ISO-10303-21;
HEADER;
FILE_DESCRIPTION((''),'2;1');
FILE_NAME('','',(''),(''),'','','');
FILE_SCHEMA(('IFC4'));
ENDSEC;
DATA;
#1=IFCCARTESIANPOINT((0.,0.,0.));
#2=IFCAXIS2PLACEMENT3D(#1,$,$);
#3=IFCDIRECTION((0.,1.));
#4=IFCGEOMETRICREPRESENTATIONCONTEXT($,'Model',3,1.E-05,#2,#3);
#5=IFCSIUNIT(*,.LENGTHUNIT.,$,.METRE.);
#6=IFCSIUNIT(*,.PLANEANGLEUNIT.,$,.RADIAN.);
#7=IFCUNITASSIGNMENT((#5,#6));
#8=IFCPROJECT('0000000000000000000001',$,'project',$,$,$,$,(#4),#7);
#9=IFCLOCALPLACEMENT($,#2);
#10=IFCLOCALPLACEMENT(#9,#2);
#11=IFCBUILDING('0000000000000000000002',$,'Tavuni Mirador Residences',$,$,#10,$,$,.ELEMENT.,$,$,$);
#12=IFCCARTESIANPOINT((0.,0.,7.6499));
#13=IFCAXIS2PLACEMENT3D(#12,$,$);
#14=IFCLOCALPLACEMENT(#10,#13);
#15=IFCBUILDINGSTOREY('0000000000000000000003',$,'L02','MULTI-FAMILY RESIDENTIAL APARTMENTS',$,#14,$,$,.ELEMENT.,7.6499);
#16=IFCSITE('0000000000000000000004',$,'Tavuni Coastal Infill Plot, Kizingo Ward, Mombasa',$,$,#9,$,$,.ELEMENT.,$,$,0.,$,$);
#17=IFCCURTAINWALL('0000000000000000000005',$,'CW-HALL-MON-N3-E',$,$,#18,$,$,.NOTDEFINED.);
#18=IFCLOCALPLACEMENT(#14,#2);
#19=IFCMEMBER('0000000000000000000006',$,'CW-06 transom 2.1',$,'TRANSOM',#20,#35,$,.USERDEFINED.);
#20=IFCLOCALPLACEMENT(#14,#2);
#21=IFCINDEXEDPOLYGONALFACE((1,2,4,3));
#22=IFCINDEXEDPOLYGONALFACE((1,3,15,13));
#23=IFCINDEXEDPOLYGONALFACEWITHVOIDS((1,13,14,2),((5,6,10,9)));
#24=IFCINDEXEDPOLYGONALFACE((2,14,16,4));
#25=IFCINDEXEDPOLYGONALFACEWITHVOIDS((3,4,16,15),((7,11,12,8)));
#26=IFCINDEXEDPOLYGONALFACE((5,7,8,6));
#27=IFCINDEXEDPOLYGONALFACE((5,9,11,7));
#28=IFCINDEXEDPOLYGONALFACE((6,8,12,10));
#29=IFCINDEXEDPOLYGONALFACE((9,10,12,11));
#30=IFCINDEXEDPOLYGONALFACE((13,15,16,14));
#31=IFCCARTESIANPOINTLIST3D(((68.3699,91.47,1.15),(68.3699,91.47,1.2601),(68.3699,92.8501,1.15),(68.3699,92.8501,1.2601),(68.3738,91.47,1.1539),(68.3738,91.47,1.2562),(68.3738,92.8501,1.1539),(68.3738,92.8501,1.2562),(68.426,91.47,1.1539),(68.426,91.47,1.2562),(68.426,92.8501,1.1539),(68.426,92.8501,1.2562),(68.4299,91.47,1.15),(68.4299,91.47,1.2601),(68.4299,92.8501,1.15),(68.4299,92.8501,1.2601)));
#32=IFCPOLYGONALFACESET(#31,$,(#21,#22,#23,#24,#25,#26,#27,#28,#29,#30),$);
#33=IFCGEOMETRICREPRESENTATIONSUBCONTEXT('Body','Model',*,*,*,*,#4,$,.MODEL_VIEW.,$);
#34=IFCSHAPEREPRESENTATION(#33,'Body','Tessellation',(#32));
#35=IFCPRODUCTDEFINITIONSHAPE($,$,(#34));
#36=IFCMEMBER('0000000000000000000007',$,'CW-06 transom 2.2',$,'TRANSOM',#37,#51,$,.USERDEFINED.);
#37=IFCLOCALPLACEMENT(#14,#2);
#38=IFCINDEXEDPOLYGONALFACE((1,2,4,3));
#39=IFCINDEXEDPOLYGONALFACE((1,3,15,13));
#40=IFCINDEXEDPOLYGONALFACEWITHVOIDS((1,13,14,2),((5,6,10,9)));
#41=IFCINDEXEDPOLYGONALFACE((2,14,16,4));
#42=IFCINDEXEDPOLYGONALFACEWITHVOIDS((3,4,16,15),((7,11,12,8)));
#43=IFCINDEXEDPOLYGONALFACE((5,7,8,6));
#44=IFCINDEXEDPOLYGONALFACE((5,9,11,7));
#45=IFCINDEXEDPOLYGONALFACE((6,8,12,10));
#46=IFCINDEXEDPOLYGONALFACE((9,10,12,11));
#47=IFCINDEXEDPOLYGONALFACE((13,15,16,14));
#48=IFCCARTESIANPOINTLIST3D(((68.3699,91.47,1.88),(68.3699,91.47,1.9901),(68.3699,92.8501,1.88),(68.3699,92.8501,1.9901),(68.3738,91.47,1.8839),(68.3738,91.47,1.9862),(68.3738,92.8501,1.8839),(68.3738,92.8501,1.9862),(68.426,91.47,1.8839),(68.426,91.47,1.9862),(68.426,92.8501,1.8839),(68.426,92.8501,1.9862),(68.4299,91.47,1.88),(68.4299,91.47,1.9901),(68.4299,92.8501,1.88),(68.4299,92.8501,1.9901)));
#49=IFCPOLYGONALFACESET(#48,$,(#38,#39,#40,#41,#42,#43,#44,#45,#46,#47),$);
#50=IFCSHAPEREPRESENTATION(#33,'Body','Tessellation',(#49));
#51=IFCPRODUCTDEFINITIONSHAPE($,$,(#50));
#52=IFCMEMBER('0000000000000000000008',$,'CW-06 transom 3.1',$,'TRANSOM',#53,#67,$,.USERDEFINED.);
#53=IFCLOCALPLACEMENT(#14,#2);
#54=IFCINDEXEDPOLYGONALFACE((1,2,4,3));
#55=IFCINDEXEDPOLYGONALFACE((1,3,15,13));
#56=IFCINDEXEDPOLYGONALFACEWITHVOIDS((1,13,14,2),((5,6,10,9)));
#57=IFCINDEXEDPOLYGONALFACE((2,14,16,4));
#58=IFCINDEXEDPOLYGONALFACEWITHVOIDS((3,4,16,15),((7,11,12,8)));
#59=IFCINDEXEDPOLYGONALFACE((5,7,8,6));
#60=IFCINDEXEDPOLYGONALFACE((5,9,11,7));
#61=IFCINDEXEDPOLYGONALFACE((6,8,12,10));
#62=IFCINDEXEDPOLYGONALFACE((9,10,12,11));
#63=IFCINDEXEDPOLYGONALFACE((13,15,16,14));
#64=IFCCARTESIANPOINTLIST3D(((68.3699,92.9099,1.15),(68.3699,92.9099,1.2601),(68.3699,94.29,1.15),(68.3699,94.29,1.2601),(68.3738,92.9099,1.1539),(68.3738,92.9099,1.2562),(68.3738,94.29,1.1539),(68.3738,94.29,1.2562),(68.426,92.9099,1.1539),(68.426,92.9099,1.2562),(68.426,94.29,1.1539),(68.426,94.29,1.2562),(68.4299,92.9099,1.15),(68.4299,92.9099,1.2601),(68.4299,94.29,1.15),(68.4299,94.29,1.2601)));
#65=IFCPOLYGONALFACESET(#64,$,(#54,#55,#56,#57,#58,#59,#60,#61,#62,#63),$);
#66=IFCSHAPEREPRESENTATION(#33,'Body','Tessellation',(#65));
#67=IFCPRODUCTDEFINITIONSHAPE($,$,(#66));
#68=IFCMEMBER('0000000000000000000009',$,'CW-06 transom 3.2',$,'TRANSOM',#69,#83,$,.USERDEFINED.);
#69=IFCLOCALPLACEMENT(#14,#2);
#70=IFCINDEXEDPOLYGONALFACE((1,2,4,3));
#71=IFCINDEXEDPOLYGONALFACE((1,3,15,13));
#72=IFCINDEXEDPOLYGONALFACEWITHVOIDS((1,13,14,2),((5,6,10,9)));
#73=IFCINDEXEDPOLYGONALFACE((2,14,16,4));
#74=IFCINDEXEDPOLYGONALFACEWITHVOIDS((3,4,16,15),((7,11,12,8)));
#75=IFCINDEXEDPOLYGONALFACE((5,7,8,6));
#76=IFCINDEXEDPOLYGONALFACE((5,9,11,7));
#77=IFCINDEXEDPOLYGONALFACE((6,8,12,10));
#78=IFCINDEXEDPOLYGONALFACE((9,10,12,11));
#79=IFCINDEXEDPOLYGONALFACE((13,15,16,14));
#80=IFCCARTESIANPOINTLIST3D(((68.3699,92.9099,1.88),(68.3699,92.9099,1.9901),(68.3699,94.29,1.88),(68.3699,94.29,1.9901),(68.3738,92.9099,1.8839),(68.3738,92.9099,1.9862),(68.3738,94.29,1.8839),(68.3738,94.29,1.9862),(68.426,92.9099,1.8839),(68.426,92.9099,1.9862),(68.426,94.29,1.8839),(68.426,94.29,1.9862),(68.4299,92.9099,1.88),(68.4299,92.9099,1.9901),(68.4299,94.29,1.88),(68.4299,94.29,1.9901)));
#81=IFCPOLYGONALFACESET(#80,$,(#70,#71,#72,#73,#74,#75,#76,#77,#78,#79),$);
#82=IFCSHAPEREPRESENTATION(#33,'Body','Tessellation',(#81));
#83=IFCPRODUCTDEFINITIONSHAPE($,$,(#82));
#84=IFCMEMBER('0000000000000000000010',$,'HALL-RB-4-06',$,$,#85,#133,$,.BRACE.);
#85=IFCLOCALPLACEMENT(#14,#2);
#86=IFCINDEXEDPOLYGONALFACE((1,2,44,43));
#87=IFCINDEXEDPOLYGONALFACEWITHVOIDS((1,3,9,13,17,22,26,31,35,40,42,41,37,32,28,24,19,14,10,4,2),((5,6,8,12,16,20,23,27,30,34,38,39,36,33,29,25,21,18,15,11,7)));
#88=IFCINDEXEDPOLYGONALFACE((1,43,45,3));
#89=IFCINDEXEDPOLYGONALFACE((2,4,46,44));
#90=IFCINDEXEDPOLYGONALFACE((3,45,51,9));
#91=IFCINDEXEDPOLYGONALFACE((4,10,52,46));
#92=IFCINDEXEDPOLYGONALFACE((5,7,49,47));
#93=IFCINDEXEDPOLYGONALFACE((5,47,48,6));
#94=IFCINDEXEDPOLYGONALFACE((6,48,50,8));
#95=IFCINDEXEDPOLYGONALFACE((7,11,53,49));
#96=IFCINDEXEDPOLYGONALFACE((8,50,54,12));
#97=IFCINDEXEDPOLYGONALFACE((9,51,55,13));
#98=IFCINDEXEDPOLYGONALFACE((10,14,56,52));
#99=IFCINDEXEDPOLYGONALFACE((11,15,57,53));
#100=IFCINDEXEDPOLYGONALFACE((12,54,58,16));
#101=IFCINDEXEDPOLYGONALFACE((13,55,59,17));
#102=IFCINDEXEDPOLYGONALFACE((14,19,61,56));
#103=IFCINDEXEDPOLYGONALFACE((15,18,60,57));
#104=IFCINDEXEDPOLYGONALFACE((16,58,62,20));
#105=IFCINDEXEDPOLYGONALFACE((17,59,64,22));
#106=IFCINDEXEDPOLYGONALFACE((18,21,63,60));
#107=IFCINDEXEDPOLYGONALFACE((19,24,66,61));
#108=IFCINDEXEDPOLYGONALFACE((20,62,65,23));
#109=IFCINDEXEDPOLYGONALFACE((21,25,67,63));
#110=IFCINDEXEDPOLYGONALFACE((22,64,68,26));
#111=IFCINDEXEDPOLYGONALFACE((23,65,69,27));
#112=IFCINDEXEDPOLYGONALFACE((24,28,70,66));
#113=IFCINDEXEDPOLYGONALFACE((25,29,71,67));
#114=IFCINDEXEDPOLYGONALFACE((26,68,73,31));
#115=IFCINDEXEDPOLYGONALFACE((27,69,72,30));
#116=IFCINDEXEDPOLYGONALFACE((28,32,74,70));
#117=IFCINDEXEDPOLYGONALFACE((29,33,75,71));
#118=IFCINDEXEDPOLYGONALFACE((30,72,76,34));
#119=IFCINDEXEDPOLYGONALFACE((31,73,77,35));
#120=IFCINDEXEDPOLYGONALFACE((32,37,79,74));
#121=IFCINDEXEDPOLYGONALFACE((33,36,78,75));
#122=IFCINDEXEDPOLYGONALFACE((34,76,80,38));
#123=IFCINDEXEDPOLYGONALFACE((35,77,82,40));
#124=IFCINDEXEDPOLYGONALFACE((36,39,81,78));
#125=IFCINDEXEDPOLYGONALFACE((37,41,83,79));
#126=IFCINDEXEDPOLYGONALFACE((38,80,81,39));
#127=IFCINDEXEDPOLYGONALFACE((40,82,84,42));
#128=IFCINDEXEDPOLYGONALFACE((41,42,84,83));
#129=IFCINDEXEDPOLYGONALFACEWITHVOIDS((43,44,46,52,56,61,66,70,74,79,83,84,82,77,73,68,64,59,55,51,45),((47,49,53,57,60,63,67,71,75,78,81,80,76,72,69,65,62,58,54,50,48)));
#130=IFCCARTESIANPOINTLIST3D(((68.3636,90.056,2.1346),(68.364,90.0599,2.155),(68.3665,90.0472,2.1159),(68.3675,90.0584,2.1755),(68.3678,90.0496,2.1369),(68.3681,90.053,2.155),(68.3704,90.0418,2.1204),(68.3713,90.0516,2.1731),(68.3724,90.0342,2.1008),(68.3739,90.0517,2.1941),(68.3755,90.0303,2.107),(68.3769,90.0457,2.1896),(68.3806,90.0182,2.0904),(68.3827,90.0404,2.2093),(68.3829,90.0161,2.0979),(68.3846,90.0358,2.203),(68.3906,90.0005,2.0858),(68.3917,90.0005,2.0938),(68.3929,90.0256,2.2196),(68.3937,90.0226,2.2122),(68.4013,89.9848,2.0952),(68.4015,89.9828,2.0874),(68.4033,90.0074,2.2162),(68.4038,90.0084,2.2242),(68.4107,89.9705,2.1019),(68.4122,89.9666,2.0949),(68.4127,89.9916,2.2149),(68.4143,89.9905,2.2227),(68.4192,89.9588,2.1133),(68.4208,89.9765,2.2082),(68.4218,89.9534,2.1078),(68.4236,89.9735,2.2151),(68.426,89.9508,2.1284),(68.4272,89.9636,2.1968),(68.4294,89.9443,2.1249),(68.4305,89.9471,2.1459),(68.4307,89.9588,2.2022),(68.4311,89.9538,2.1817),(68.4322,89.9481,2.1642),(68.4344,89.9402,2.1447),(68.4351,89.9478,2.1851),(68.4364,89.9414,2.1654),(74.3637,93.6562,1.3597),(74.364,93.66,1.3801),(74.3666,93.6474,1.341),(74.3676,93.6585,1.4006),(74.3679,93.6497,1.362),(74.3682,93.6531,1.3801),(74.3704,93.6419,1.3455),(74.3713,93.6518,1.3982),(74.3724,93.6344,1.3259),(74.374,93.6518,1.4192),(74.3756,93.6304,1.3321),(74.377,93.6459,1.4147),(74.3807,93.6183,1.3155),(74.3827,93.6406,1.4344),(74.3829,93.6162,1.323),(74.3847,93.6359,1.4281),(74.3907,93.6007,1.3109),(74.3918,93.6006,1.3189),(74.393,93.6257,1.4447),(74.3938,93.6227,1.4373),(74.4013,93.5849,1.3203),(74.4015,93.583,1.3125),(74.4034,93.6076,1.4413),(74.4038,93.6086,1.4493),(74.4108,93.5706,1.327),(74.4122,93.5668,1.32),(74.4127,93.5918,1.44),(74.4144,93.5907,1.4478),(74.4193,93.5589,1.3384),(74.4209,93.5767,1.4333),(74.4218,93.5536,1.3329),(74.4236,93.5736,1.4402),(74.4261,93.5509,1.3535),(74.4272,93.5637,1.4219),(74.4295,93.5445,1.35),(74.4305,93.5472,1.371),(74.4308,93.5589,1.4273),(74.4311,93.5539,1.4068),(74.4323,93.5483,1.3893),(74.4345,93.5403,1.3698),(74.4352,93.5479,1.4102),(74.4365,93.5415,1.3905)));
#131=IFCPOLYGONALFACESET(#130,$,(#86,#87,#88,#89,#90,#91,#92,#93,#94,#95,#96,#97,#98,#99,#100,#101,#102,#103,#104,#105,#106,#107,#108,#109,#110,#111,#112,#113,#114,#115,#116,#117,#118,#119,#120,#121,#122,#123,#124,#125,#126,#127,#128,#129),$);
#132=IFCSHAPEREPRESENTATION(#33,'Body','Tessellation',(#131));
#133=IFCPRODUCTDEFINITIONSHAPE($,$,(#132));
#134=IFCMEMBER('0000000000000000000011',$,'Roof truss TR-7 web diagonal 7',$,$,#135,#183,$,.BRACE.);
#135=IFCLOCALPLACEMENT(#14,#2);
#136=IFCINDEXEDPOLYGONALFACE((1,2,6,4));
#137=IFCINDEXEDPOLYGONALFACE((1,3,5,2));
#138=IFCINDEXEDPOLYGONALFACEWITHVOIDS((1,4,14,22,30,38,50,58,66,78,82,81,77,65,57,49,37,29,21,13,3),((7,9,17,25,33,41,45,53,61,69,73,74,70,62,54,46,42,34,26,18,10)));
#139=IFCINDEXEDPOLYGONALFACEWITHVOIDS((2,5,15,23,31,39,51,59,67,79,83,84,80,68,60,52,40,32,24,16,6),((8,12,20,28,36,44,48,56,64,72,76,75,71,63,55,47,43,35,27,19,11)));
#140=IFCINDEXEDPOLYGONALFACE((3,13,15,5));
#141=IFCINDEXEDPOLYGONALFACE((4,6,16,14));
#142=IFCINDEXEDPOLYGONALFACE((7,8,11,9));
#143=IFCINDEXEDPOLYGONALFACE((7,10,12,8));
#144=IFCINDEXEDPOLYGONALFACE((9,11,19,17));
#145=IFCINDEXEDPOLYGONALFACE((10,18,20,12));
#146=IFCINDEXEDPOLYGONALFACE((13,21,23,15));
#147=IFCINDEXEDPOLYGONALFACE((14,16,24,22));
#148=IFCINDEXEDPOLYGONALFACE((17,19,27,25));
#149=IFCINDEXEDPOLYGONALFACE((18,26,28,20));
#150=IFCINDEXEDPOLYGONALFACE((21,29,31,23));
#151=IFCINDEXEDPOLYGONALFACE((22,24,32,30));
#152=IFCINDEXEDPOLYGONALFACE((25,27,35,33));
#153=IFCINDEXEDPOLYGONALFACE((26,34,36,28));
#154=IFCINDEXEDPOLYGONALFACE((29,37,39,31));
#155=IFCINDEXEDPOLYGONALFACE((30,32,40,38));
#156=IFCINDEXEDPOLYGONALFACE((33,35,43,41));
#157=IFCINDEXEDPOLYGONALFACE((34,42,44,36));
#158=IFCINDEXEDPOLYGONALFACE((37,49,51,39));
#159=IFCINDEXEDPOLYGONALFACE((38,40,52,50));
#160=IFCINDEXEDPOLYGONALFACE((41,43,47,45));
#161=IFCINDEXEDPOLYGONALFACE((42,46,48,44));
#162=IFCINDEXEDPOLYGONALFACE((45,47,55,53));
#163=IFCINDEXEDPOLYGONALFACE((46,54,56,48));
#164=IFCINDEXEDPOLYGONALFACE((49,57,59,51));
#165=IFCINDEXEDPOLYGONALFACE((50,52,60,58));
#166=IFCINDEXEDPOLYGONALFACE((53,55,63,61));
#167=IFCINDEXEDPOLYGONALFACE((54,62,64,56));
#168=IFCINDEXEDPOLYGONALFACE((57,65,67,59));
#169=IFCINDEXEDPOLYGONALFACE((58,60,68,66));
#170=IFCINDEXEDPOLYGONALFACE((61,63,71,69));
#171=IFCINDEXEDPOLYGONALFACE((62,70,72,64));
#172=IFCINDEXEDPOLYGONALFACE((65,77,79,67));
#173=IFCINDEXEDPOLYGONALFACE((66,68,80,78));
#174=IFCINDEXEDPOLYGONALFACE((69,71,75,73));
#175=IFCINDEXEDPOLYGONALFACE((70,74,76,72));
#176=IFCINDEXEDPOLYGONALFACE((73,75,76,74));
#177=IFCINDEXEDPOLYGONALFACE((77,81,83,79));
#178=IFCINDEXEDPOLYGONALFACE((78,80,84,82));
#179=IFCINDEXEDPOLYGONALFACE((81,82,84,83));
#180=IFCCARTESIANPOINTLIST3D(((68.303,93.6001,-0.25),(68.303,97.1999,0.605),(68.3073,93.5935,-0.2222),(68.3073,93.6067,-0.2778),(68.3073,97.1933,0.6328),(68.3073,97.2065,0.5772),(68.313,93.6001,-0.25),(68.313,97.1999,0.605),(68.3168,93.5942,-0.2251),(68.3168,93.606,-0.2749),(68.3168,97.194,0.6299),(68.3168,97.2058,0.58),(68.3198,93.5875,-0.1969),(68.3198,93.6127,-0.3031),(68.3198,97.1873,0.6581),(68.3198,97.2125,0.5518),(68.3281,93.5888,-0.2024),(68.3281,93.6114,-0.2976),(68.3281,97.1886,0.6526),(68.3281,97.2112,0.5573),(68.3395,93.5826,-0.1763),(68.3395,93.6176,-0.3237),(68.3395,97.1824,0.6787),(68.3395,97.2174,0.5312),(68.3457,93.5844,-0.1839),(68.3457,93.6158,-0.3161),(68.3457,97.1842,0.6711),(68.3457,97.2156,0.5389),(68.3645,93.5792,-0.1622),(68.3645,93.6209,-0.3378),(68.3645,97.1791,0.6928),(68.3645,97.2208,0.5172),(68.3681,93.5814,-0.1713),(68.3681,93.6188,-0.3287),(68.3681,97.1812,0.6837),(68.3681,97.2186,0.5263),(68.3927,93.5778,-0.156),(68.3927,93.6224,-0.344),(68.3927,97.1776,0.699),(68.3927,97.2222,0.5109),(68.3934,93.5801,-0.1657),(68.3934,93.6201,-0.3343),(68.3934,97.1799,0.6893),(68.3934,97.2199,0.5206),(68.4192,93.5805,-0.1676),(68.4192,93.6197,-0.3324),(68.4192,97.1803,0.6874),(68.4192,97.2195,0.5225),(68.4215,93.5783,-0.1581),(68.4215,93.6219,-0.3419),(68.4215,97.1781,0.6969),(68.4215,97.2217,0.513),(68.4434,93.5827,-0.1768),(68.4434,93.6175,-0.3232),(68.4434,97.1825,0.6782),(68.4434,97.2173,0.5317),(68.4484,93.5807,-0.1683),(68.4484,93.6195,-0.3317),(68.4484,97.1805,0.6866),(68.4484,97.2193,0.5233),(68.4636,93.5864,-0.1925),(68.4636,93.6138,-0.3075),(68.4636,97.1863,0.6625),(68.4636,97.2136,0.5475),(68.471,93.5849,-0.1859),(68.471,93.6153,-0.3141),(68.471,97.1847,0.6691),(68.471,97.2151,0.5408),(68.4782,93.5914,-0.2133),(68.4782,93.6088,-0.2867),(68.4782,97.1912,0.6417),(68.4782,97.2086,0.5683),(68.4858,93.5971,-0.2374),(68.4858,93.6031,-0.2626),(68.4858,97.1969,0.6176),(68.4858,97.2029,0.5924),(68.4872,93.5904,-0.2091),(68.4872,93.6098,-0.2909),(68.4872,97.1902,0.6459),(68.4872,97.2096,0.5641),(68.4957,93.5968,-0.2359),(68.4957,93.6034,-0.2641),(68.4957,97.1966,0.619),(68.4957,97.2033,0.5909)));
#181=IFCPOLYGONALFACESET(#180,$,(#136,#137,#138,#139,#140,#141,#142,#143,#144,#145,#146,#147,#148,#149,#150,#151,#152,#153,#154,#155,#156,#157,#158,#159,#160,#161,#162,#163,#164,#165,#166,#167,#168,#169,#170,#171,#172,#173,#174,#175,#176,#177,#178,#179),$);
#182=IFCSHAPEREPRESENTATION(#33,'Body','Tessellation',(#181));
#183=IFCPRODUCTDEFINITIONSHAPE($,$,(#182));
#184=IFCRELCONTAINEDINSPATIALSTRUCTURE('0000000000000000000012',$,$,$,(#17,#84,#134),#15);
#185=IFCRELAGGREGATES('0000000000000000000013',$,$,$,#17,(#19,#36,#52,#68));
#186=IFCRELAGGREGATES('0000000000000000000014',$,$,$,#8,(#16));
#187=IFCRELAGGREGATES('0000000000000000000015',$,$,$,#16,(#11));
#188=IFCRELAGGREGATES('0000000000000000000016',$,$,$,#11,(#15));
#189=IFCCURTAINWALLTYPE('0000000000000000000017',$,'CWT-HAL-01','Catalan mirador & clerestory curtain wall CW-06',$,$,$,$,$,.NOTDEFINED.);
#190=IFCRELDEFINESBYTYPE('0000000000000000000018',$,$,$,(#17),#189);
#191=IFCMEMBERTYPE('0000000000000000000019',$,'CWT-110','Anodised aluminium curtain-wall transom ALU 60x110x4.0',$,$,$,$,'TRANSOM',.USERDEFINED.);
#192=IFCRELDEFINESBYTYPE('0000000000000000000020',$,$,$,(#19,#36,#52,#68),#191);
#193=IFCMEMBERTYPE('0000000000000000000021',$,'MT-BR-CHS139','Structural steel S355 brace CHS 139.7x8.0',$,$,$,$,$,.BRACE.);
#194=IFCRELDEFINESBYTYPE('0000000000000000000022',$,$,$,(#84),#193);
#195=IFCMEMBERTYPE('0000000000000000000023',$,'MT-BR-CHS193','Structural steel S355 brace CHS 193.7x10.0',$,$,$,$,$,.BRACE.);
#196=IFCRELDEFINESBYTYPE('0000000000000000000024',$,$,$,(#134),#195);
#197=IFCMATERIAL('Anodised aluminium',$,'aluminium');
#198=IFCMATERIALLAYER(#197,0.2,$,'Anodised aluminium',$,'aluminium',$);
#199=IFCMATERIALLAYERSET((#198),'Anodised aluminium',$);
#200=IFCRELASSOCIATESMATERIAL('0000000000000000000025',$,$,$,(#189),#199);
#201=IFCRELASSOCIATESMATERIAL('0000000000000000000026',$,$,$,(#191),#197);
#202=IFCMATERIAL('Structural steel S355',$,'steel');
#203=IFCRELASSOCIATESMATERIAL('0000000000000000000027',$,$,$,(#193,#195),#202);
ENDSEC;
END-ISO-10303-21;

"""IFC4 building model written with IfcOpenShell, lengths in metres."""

from ifc_helpers import new_model, si_unit, direction, frame, origin, origin_2d, place, context, subcontext, project, spatial, hollow_rectangle, hollow_circle, extrude, material, layer, layer_set, material_profile, profile_set, type_object, element, aggregate, save


model = new_model("IFC4")

# Units and contexts
model_context = context("Model", 3, precision=1e-05, world=origin(), true_north=direction((0.0, 1.0)))
body_context = subcontext(model_context, "Body", "Model", "MODEL_VIEW")
ifc_project = project(units=[si_unit("LENGTHUNIT", "METRE"), si_unit("PLANEANGLEUNIT", "RADIAN")], contexts=[model_context])

# Site, building, storey
site_placement = place(None, origin())
site = spatial("IfcSite", under=ifc_project, at=site_placement, Name="Tavuni Coastal Infill Plot, Kizingo Ward, Mombasa", CompositionType="ELEMENT", RefElevation=0.0)
building_placement = place(site_placement, origin())
building = spatial("IfcBuilding", under=site, at=building_placement, Name="Tavuni Mirador Residences", CompositionType="ELEMENT")
storey_placement = place(building_placement, frame((0.0, 0.0, 7.6499)))
storey = spatial("IfcBuildingStorey", under=building, at=storey_placement, Name="L02", Description="MULTI-FAMILY RESIDENTIAL APARTMENTS", CompositionType="ELEMENT", Elevation=7.6499)

# Curtain wall
ifc_material_1 = material(Name="Anodised aluminium", Category="aluminium")
ifc_layer_1 = layer(ifc_material_1, 0.2, Name="Anodised aluminium", Category="aluminium")
ifc_layer_set_1 = layer_set([ifc_layer_1], Name="Anodised aluminium")
curtain_wall_type = type_object("IfcCurtainWallType", Name="CWT-HAL-01", Description="Catalan mirador & clerestory curtain wall CW-06", PredefinedType="NOTDEFINED", material=ifc_layer_set_1)
curtain_wall_1_placement = place(storey_placement, origin())
curtain_wall_1 = element("IfcCurtainWall", 1, at=curtain_wall_1_placement, inside=storey, type_object=curtain_wall_type, Name="CW-HALL-MON-N3-E", PredefinedType="NOTDEFINED")

# Members
ifc_material_profile_1 = material_profile(ifc_material_1, hollow_rectangle(XDim=0.0601, YDim=0.1101, WallThickness=0.0039, at=origin_2d()), Name="ALU 60x110x4.0", Category="aluminium")
ifc_profile_set_1 = profile_set([ifc_material_profile_1], Name="Anodised aluminium")
member_type_1 = type_object("IfcMemberType", Name="CWT-110", Description="Anodised aluminium curtain-wall transom ALU 60x110x4.0", ElementType="TRANSOM", PredefinedType="USERDEFINED", material=ifc_profile_set_1)
member_1_placement = place(storey_placement, frame((68.3999, 91.47, 1.2051), z_axis=(0.0, 1.0, 0.0), x_axis=(-1.0, 0.0, 0.0)))
member_1 = element("IfcMember", 2, at=member_1_placement, type_object=member_type_1, Name="CW-06 transom 2.1", ObjectType="TRANSOM", PredefinedType="USERDEFINED", context=body_context, shape_type="SweptSolid", body=[
    extrude(hollow_rectangle(XDim=0.0601, YDim=0.1101, WallThickness=0.0039, at=origin_2d()), origin(), (0.0, 0.0, 1.0), 1.3801),
])
member_2_placement = place(storey_placement, frame((68.3999, 91.47, 1.9351), z_axis=(0.0, 1.0, 0.0), x_axis=(-1.0, 0.0, 0.0)))
member_2 = element("IfcMember", 3, at=member_2_placement, type_object=member_type_1, Name="CW-06 transom 2.2", ObjectType="TRANSOM", PredefinedType="USERDEFINED", context=body_context, shape_type="SweptSolid", body=[
    extrude(hollow_rectangle(XDim=0.0601, YDim=0.1101, WallThickness=0.0039, at=origin_2d()), origin(), (0.0, 0.0, 1.0), 1.3801),
])
member_3_placement = place(storey_placement, frame((68.3999, 92.9099, 1.2051), z_axis=(0.0, 1.0, 0.0), x_axis=(-1.0, 0.0, 0.0)))
member_3 = element("IfcMember", 4, at=member_3_placement, type_object=member_type_1, Name="CW-06 transom 3.1", ObjectType="TRANSOM", PredefinedType="USERDEFINED", context=body_context, shape_type="SweptSolid", body=[
    extrude(hollow_rectangle(XDim=0.0601, YDim=0.1101, WallThickness=0.0039, at=origin_2d()), origin(), (0.0, 0.0, 1.0), 1.3801),
])
member_4_placement = place(storey_placement, frame((68.3999, 92.9099, 1.9351), z_axis=(0.0, 1.0, 0.0), x_axis=(-1.0, 0.0, 0.0)))
member_4 = element("IfcMember", 5, at=member_4_placement, type_object=member_type_1, Name="CW-06 transom 3.2", ObjectType="TRANSOM", PredefinedType="USERDEFINED", context=body_context, shape_type="SweptSolid", body=[
    extrude(hollow_rectangle(XDim=0.0601, YDim=0.1101, WallThickness=0.0039, at=origin_2d()), origin(), (0.0, 0.0, 1.0), 1.3801),
])

# Members
ifc_material_2 = material(Name="Structural steel S355", Category="steel")
ifc_material_profile_2 = material_profile(ifc_material_2, hollow_circle(Radius=0.0698, WallThickness=0.0081, at=origin_2d()), Name="CHS 139.7x8.0", Category="steel")
ifc_profile_set_2 = profile_set([ifc_material_profile_2], Name="Structural steel S355")
member_type_2 = type_object("IfcMemberType", Name="MT-BR-CHS139", Description="Structural steel S355 brace CHS 139.7x8.0", PredefinedType="BRACE", material=ifc_profile_set_2)
member_5_placement = place(storey_placement, frame((68.3999, 90.0, 2.155), z_axis=(0.852276, 0.51138, -0.110072), x_axis=(-0.514506, 0.857487, 0.0)))
element("IfcMember", 6, at=member_5_placement, inside=storey, type_object=member_type_2, Name="HALL-RB-4-06", PredefinedType="BRACE", context=body_context, shape_type="SweptSolid", body=[
    extrude(hollow_circle(Radius=0.0698, WallThickness=0.0081, at=origin_2d()), origin(), (0.0, 0.0, 1.0), 7.04),
])
ifc_material_profile_3 = material_profile(ifc_material_2, hollow_circle(Radius=0.0969, WallThickness=0.01, at=origin_2d()), Name="CHS 193.7x10.0", Category="steel")
ifc_profile_set_3 = profile_set([ifc_material_profile_3], Name="Structural steel S355")
member_type_3 = type_object("IfcMemberType", Name="MT-BR-CHS193", Description="Structural steel S355 brace CHS 193.7x10.0", PredefinedType="BRACE", material=ifc_profile_set_3)
member_6_placement = place(storey_placement, frame((68.3999, 93.6001, -0.25), z_axis=(0.0, 0.972936, 0.231076), x_axis=(-1.0, 0.0, 0.0)))
element("IfcMember", 7, at=member_6_placement, inside=storey, type_object=member_type_3, Name="Roof truss TR-7 web diagonal 7", PredefinedType="BRACE", context=body_context, shape_type="SweptSolid", body=[
    extrude(hollow_circle(Radius=0.0969, WallThickness=0.01, at=origin_2d()), origin(), (0.0, 0.0, 1.0), 3.7),
])

aggregate(curtain_wall_1, [member_1, member_2, member_3, member_4])

save(model, "model.ifc")
